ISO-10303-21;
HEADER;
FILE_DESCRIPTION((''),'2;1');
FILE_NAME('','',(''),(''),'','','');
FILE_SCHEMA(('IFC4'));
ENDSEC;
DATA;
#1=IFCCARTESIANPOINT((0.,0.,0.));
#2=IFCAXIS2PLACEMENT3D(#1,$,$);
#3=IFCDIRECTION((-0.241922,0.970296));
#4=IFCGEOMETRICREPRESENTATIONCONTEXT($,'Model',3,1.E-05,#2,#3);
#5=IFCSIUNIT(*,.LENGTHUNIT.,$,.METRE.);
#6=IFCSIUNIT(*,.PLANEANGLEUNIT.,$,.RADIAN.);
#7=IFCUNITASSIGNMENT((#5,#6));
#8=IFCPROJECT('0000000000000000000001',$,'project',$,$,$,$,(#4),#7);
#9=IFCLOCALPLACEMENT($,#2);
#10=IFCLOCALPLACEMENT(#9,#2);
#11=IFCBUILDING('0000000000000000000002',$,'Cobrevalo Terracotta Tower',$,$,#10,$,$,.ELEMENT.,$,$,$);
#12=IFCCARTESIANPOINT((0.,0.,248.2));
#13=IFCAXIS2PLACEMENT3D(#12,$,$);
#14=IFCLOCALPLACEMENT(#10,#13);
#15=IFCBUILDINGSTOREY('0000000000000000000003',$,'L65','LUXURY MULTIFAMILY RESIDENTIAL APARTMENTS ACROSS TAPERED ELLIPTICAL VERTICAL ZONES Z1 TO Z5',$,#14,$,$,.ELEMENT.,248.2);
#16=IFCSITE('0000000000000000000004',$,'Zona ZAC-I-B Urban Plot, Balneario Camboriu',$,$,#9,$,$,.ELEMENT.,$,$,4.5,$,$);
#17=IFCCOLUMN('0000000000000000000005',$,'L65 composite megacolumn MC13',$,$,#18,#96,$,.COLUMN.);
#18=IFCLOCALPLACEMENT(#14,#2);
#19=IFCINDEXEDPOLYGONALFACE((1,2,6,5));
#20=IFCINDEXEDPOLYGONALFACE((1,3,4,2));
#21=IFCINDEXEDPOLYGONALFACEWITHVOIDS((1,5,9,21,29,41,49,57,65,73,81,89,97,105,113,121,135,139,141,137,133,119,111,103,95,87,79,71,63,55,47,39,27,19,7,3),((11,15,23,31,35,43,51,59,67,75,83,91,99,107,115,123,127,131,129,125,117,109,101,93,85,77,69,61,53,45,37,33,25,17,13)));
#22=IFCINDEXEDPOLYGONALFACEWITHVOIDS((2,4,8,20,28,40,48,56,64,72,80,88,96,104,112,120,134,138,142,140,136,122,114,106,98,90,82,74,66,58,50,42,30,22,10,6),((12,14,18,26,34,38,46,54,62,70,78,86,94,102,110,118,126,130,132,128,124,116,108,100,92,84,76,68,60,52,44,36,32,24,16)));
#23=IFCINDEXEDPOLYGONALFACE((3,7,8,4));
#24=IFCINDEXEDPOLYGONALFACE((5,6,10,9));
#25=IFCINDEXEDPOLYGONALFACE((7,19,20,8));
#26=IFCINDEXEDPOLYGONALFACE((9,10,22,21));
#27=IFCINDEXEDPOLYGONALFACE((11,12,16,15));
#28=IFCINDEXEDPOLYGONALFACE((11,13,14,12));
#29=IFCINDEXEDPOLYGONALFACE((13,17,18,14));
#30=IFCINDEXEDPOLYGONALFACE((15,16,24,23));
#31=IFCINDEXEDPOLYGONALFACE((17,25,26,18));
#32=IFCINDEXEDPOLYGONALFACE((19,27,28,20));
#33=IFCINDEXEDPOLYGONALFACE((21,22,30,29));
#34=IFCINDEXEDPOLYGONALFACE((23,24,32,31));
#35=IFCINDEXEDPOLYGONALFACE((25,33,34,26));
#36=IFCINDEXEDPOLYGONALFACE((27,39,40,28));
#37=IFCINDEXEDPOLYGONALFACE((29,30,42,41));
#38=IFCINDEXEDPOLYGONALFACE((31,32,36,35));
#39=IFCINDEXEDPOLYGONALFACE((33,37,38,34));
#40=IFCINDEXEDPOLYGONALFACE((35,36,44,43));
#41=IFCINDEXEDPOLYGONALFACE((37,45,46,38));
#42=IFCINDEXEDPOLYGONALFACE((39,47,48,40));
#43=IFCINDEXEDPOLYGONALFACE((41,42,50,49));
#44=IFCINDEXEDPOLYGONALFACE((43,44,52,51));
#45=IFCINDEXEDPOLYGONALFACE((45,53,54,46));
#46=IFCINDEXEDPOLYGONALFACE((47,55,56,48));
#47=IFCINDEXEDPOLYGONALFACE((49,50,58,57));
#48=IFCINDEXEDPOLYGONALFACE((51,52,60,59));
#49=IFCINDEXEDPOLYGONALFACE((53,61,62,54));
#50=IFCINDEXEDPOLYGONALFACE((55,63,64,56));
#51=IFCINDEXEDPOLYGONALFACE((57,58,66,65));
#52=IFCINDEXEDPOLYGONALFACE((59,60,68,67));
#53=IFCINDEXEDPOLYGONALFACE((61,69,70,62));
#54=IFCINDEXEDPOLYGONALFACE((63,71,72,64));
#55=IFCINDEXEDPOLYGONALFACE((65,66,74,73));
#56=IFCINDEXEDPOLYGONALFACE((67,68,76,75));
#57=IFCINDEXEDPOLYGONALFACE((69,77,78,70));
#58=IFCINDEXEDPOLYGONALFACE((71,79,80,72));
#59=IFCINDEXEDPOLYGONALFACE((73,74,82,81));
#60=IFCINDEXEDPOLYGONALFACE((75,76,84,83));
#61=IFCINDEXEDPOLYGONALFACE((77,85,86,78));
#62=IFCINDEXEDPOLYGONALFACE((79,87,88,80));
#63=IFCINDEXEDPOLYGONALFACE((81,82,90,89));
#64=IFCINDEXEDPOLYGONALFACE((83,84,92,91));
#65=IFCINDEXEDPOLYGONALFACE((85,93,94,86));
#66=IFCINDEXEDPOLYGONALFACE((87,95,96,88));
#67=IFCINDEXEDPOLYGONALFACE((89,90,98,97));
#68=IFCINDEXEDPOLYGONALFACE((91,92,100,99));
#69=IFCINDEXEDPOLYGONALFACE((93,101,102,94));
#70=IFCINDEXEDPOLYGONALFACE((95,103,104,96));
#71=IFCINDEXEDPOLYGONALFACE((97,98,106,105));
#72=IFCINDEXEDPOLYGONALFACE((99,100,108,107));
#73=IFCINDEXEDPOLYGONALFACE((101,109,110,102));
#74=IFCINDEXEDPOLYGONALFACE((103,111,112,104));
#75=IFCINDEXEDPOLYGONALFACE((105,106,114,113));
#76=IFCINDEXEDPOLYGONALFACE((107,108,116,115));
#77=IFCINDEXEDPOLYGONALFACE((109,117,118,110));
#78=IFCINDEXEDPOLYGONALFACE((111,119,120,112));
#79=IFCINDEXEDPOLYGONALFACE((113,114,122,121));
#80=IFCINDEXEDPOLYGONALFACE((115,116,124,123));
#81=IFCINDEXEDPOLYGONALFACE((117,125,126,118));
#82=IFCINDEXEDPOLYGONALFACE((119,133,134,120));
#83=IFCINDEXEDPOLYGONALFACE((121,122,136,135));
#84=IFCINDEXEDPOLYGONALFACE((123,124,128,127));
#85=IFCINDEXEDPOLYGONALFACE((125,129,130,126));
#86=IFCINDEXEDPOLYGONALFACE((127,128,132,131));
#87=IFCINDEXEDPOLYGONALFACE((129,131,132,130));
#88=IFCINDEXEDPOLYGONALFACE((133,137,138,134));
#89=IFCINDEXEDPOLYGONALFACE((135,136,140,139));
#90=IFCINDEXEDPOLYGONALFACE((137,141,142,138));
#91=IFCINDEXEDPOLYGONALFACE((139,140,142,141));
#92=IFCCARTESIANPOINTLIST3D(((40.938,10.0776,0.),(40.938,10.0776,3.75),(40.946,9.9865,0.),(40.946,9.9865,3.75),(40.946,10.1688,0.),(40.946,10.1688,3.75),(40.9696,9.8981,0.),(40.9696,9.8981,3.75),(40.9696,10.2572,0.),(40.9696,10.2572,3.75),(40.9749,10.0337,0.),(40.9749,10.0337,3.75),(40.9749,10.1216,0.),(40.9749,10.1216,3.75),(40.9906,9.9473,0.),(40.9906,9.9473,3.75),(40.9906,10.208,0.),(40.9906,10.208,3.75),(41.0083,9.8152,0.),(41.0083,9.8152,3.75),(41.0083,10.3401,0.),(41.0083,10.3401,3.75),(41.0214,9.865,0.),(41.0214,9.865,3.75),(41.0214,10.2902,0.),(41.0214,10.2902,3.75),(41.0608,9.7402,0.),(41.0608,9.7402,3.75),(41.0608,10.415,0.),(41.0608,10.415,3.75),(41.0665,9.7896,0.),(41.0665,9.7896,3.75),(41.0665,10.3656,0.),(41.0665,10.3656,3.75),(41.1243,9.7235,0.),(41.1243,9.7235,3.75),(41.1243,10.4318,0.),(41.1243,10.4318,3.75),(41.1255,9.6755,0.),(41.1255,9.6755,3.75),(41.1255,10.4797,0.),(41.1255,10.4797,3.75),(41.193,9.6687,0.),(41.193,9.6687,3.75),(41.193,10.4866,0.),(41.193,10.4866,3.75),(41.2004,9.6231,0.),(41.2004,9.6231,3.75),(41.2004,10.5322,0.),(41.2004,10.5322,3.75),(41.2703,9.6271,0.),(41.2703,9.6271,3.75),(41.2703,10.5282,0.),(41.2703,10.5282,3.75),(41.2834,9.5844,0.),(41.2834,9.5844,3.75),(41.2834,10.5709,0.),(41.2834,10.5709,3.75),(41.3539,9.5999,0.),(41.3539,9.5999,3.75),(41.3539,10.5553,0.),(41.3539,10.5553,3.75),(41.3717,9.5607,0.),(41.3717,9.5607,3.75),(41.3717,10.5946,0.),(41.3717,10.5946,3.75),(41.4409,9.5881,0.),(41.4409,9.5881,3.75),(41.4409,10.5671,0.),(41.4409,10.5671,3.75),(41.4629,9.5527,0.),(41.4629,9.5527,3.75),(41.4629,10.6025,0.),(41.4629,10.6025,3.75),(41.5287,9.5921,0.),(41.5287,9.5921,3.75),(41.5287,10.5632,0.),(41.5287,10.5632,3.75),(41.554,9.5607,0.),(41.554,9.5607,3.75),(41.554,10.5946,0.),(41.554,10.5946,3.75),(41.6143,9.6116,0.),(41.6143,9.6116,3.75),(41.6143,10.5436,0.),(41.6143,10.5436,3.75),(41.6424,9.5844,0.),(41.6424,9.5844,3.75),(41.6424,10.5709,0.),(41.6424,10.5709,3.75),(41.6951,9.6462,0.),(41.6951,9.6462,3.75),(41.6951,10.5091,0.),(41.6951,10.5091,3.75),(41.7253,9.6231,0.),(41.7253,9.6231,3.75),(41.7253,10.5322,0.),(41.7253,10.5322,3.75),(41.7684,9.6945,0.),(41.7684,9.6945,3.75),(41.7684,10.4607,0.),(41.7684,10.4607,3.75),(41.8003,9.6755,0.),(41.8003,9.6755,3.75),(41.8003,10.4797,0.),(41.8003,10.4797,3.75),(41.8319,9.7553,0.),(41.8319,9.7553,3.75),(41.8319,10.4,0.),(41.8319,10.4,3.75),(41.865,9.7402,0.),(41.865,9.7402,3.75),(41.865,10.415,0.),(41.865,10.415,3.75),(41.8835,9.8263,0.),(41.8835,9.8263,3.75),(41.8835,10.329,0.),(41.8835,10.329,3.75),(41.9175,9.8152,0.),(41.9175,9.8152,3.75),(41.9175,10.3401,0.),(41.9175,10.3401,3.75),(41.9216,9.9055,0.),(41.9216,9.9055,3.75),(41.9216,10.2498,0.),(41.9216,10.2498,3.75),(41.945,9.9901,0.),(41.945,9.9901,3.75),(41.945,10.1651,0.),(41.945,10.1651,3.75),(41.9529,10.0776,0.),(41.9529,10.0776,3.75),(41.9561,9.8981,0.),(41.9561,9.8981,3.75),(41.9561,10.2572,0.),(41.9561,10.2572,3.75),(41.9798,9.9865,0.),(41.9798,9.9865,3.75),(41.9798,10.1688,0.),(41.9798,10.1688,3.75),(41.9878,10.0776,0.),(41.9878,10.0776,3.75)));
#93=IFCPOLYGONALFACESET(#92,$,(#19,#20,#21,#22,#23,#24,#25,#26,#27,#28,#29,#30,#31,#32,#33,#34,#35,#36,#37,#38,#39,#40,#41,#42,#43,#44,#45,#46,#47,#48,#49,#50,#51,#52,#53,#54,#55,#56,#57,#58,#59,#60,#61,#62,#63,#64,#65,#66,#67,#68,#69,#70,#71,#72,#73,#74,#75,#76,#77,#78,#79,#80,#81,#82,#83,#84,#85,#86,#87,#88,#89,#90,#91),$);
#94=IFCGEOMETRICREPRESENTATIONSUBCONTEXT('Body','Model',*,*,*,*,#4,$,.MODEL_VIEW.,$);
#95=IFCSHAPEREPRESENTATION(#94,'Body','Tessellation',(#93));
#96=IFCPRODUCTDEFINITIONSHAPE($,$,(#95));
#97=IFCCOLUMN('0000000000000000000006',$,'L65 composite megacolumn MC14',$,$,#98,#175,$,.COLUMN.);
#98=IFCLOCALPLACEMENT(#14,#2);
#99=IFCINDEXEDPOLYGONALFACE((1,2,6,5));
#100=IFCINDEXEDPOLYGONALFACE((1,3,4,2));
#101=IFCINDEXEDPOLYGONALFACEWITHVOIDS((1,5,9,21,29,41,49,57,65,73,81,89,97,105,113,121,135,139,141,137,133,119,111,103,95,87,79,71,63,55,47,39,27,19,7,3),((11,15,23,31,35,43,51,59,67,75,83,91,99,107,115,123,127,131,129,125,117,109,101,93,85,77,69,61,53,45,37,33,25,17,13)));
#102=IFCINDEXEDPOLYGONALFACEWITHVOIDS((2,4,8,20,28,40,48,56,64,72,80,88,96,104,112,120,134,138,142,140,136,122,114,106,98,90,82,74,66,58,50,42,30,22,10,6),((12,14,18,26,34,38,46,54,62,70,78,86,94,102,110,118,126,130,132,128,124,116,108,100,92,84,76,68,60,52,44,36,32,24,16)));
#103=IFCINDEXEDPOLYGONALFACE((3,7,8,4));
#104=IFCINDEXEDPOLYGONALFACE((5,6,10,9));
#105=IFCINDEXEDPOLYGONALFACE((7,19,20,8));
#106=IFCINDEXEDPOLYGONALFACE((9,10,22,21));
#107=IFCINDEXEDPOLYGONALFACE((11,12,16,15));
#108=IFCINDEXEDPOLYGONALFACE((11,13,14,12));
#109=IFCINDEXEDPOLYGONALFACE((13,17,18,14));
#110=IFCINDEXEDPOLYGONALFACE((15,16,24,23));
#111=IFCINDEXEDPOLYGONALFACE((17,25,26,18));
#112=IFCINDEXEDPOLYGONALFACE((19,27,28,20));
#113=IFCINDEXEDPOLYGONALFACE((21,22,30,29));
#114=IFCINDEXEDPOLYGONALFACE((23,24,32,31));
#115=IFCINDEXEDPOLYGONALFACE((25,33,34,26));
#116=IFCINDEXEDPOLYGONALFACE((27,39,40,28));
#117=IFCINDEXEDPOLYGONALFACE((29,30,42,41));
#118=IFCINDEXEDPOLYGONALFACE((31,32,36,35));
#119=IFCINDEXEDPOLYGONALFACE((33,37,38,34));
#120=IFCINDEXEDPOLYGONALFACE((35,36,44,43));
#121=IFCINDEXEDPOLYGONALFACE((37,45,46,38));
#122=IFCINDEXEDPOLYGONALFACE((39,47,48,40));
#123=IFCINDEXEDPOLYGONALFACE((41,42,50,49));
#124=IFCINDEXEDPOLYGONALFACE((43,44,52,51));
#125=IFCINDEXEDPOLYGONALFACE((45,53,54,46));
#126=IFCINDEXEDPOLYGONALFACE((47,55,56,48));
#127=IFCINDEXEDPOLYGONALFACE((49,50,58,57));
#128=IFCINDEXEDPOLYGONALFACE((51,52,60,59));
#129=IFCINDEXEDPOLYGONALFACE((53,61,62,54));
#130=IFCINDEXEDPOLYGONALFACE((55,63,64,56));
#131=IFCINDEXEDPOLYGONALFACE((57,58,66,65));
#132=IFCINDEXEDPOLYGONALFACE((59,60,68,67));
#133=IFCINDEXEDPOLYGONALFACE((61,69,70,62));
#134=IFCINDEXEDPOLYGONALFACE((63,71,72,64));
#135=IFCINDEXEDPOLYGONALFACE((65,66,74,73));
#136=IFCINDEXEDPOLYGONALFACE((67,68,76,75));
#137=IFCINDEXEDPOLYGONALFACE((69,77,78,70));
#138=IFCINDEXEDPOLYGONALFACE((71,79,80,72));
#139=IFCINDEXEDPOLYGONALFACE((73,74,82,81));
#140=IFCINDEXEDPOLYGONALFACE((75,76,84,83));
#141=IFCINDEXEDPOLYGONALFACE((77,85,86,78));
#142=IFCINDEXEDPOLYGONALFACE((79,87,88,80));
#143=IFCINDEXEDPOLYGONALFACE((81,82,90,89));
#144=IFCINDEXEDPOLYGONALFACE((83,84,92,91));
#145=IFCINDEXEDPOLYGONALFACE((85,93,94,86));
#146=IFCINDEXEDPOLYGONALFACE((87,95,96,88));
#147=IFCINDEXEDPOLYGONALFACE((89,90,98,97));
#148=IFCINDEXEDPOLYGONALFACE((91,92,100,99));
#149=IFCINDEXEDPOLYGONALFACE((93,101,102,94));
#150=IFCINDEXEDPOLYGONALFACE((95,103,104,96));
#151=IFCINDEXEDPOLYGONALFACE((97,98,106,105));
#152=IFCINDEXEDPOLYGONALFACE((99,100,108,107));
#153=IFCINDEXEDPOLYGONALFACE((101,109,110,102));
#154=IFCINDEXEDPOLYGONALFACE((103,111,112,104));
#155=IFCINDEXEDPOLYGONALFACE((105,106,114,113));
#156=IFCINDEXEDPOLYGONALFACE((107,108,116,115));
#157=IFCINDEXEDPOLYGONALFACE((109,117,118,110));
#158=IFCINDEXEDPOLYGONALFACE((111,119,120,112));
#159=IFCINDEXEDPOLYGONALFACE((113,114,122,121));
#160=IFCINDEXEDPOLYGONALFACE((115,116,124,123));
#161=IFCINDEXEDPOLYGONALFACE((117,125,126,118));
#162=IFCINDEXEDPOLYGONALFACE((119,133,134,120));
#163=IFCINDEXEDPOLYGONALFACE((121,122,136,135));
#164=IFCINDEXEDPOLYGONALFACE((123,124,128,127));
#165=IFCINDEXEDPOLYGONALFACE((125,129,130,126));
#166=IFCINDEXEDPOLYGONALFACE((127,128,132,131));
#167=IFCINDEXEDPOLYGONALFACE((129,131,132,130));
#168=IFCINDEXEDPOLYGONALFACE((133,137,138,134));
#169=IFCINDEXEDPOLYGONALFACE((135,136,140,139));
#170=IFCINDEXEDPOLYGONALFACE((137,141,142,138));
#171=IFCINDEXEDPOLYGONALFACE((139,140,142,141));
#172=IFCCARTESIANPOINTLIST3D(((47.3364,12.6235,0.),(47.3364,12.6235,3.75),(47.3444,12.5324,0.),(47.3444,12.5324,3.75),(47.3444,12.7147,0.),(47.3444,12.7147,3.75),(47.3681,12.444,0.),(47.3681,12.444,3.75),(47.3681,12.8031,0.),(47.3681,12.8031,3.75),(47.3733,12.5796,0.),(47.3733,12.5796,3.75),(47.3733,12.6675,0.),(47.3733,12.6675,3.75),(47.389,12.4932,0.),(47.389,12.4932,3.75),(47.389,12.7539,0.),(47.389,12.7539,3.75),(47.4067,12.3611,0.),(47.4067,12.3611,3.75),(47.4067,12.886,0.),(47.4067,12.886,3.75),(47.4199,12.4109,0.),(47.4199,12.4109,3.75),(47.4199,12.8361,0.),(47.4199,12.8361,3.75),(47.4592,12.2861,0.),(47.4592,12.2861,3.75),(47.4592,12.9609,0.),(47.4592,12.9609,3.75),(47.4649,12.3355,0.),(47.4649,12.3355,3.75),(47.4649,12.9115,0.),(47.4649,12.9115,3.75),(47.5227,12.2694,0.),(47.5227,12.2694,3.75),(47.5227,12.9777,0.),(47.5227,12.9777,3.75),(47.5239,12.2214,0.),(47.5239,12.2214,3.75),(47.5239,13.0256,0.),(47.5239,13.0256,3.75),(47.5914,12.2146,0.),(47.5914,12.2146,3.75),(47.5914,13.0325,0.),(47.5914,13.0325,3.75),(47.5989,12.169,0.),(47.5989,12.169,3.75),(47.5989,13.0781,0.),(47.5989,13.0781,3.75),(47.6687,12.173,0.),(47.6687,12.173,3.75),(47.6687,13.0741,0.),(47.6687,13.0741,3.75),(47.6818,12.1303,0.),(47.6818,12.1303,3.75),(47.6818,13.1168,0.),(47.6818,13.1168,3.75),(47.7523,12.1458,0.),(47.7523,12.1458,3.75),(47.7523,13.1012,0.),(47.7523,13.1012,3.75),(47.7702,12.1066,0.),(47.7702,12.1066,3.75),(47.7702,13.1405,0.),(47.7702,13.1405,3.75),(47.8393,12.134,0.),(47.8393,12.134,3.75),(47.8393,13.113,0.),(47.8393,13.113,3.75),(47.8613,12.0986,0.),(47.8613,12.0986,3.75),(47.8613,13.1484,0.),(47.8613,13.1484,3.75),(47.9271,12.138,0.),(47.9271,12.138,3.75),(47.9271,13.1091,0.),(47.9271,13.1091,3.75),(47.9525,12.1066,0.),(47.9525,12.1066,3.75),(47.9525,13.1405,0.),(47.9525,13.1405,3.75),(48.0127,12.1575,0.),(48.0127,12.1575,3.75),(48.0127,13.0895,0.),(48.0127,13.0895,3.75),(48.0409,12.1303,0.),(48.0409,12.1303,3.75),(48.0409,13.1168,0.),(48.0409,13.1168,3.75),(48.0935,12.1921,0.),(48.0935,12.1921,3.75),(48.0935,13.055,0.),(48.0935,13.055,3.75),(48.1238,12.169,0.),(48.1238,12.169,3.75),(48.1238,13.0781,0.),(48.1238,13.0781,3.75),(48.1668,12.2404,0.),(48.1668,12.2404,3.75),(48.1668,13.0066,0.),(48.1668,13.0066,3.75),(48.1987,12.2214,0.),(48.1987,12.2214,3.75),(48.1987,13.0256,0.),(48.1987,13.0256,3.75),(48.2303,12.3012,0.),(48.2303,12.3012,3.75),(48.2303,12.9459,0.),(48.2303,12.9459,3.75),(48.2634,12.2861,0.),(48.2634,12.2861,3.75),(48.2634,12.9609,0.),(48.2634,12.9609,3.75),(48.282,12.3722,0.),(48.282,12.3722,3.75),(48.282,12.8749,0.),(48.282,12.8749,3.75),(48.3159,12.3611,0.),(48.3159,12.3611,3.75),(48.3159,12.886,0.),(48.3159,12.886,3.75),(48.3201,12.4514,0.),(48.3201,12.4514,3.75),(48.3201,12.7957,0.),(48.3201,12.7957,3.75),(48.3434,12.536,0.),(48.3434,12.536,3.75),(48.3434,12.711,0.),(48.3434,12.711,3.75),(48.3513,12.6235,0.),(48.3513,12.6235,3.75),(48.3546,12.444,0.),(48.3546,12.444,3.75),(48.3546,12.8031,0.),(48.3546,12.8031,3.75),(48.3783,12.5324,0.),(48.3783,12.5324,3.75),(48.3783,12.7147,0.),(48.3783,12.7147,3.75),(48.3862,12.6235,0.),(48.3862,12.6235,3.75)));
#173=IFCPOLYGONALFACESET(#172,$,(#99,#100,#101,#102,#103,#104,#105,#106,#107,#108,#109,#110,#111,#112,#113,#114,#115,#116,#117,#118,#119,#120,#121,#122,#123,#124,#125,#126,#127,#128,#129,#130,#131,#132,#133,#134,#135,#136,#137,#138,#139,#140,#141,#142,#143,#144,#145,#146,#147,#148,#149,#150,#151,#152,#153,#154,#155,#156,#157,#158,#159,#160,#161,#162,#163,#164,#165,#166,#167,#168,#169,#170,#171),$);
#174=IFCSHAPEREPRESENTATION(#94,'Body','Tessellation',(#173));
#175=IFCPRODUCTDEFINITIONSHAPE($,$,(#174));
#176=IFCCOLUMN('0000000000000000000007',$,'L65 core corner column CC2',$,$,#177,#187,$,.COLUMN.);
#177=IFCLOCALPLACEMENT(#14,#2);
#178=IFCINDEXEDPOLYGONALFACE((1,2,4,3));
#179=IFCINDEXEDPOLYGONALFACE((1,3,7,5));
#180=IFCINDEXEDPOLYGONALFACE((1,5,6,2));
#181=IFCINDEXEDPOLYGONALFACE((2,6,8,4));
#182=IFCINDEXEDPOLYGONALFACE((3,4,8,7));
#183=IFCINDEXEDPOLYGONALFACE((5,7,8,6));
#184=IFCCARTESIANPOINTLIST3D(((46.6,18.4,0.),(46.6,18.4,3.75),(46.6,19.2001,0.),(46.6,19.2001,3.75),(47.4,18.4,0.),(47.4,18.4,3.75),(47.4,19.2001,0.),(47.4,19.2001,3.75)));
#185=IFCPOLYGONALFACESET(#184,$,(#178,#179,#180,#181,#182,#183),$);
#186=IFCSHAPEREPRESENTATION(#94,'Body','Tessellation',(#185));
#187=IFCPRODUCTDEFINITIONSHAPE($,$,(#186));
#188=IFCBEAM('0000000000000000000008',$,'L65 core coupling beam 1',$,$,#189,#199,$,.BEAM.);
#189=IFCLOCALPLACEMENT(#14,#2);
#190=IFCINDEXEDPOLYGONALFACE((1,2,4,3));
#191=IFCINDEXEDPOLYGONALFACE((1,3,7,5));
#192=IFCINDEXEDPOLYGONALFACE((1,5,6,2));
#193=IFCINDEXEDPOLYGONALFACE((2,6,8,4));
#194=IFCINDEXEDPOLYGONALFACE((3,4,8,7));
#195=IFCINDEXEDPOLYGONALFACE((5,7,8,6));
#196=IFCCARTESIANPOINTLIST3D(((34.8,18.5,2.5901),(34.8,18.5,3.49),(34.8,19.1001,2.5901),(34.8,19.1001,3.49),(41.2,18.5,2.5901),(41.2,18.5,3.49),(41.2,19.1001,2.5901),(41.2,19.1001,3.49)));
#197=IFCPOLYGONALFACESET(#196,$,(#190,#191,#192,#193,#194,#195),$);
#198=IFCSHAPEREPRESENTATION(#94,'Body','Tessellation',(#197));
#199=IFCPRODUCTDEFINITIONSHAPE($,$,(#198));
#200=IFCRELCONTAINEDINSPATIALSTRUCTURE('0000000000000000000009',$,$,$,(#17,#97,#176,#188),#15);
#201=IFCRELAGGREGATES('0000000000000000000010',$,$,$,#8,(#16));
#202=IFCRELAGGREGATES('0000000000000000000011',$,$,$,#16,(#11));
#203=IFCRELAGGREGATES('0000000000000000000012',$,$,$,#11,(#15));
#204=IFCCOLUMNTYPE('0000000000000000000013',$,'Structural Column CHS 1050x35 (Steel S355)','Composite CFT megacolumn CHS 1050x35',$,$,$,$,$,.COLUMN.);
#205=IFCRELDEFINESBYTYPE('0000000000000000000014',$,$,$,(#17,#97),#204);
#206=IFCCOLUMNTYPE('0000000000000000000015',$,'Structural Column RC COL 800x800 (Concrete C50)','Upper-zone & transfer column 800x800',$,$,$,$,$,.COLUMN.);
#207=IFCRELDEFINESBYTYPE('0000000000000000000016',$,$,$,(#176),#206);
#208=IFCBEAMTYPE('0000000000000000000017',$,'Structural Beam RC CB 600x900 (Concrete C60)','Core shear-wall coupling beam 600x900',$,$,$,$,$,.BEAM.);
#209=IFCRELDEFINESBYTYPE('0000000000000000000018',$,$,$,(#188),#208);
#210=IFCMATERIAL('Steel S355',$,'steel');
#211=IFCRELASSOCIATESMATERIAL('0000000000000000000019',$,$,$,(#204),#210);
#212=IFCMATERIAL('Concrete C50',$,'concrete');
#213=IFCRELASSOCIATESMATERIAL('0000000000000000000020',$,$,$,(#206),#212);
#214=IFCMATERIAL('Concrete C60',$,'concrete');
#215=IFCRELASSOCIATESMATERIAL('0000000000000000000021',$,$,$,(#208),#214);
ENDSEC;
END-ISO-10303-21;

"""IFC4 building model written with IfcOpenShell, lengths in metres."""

from ifc_helpers import new_model, si_unit, direction, frame, origin, origin_2d, place, context, subcontext, project, spatial, rectangle, hollow_circle, extrude, material, material_profile, profile_set, type_object, element, save


model = new_model("IFC4")

# Units and contexts
model_context = context("Model", 3, precision=1e-05, world=origin(), true_north=direction((-0.241922, 0.970296)))
body_context = subcontext(model_context, "Body", "Model", "MODEL_VIEW")
ifc_project = project(units=[si_unit("LENGTHUNIT", "METRE"), si_unit("PLANEANGLEUNIT", "RADIAN")], contexts=[model_context])

# Site, building, storey
site_placement = place(None, origin())
site = spatial("IfcSite", under=ifc_project, at=site_placement, Name="Zona ZAC-I-B Urban Plot, Balneario Camboriu", CompositionType="ELEMENT", RefElevation=4.5)
building_placement = place(site_placement, origin())
building = spatial("IfcBuilding", under=site, at=building_placement, Name="Cobrevalo Terracotta Tower", CompositionType="ELEMENT")
storey_placement = place(building_placement, frame((0.0, 0.0, 248.2)))
storey = spatial("IfcBuildingStorey", under=building, at=storey_placement, Name="L65", Description="LUXURY MULTIFAMILY RESIDENTIAL APARTMENTS ACROSS TAPERED ELLIPTICAL VERTICAL ZONES Z1 TO Z5", CompositionType="ELEMENT", Elevation=248.2)

# Columns
ifc_material_1 = material(Name="Steel S355", Category="steel")
ifc_material_profile_1 = material_profile(ifc_material_1, hollow_circle(Radius=0.5249, WallThickness=0.0349, at=origin_2d()), Name="CHS 1050x35")
ifc_profile_set_1 = profile_set([ifc_material_profile_1], Name="Steel S355")
column_type_1 = type_object("IfcColumnType", Name="Structural Column CHS 1050x35 (Steel S355)", Description="Composite CFT megacolumn CHS 1050x35", PredefinedType="COLUMN", material=ifc_profile_set_1)
for number, where, z_axis, x_axis, name in (
    (1, (41.4629, 10.0776, 0.0), (0.0, 0.0, 1.0), (1.0, 0.0, 0.0), "L65 composite megacolumn MC13"),
    (2, (47.8613, 12.6235, 0.0), (0.0, 0.0, 1.0), (1.0, 0.0, 0.0), "L65 composite megacolumn MC14"),
):
    element("IfcColumn", number, at=place(storey_placement, frame(where, z_axis=z_axis, x_axis=x_axis)), inside=storey, type_object=column_type_1, Name=name, PredefinedType="COLUMN", context=body_context, shape_type="SweptSolid", body=[
        extrude(hollow_circle(Radius=0.5249, WallThickness=0.0349, at=origin_2d()), origin(), (0.0, 0.0, 1.0), 3.75),
    ])
ifc_material_2 = material(Name="Concrete C50", Category="concrete")
ifc_material_profile_2 = material_profile(ifc_material_2, rectangle(XDim=0.8, YDim=0.8, at=origin_2d()), Name="RC COL 800x800")
ifc_profile_set_2 = profile_set([ifc_material_profile_2], Name="Concrete C50")
column_type_2 = type_object("IfcColumnType", Name="Structural Column RC COL 800x800 (Concrete C50)", Description="Upper-zone & transfer column 800x800", PredefinedType="COLUMN", material=ifc_profile_set_2)
column_placement = place(storey_placement, frame((47.0, 18.8, 0.0), z_axis=(0.0, 0.0, 1.0), x_axis=(1.0, 0.0, 0.0)))
element("IfcColumn", 3, at=column_placement, inside=storey, type_object=column_type_2, Name="L65 core corner column CC2", PredefinedType="COLUMN", context=body_context, shape_type="SweptSolid", body=[
    extrude(rectangle(XDim=0.8, YDim=0.8, at=origin_2d()), origin(), (0.0, 0.0, 1.0), 3.75),
])

# Beam
ifc_material_3 = material(Name="Concrete C60", Category="concrete")
ifc_material_profile_3 = material_profile(ifc_material_3, rectangle(XDim=0.6001, YDim=0.8999, at=origin_2d()), Name="RC CB 600x900")
ifc_profile_set_3 = profile_set([ifc_material_profile_3], Name="Concrete C60")
beam_type_1 = type_object("IfcBeamType", Name="Structural Beam RC CB 600x900 (Concrete C60)", Description="Core shear-wall coupling beam 600x900", PredefinedType="BEAM", material=ifc_profile_set_3)
beam_1_placement = place(storey_placement, frame((34.8, 18.8, 3.04), z_axis=(1.0, 0.0, 0.0), x_axis=(0.0, 1.0, 0.0)))
element("IfcBeam", 4, at=beam_1_placement, inside=storey, type_object=beam_type_1, Name="L65 core coupling beam 1", PredefinedType="BEAM", context=body_context, shape_type="SweptSolid", body=[
    extrude(rectangle(XDim=0.6001, YDim=0.8999, at=origin_2d()), origin(), (0.0, 0.0, 1.0), 6.3999),
])

save(model, "model.ifc")
